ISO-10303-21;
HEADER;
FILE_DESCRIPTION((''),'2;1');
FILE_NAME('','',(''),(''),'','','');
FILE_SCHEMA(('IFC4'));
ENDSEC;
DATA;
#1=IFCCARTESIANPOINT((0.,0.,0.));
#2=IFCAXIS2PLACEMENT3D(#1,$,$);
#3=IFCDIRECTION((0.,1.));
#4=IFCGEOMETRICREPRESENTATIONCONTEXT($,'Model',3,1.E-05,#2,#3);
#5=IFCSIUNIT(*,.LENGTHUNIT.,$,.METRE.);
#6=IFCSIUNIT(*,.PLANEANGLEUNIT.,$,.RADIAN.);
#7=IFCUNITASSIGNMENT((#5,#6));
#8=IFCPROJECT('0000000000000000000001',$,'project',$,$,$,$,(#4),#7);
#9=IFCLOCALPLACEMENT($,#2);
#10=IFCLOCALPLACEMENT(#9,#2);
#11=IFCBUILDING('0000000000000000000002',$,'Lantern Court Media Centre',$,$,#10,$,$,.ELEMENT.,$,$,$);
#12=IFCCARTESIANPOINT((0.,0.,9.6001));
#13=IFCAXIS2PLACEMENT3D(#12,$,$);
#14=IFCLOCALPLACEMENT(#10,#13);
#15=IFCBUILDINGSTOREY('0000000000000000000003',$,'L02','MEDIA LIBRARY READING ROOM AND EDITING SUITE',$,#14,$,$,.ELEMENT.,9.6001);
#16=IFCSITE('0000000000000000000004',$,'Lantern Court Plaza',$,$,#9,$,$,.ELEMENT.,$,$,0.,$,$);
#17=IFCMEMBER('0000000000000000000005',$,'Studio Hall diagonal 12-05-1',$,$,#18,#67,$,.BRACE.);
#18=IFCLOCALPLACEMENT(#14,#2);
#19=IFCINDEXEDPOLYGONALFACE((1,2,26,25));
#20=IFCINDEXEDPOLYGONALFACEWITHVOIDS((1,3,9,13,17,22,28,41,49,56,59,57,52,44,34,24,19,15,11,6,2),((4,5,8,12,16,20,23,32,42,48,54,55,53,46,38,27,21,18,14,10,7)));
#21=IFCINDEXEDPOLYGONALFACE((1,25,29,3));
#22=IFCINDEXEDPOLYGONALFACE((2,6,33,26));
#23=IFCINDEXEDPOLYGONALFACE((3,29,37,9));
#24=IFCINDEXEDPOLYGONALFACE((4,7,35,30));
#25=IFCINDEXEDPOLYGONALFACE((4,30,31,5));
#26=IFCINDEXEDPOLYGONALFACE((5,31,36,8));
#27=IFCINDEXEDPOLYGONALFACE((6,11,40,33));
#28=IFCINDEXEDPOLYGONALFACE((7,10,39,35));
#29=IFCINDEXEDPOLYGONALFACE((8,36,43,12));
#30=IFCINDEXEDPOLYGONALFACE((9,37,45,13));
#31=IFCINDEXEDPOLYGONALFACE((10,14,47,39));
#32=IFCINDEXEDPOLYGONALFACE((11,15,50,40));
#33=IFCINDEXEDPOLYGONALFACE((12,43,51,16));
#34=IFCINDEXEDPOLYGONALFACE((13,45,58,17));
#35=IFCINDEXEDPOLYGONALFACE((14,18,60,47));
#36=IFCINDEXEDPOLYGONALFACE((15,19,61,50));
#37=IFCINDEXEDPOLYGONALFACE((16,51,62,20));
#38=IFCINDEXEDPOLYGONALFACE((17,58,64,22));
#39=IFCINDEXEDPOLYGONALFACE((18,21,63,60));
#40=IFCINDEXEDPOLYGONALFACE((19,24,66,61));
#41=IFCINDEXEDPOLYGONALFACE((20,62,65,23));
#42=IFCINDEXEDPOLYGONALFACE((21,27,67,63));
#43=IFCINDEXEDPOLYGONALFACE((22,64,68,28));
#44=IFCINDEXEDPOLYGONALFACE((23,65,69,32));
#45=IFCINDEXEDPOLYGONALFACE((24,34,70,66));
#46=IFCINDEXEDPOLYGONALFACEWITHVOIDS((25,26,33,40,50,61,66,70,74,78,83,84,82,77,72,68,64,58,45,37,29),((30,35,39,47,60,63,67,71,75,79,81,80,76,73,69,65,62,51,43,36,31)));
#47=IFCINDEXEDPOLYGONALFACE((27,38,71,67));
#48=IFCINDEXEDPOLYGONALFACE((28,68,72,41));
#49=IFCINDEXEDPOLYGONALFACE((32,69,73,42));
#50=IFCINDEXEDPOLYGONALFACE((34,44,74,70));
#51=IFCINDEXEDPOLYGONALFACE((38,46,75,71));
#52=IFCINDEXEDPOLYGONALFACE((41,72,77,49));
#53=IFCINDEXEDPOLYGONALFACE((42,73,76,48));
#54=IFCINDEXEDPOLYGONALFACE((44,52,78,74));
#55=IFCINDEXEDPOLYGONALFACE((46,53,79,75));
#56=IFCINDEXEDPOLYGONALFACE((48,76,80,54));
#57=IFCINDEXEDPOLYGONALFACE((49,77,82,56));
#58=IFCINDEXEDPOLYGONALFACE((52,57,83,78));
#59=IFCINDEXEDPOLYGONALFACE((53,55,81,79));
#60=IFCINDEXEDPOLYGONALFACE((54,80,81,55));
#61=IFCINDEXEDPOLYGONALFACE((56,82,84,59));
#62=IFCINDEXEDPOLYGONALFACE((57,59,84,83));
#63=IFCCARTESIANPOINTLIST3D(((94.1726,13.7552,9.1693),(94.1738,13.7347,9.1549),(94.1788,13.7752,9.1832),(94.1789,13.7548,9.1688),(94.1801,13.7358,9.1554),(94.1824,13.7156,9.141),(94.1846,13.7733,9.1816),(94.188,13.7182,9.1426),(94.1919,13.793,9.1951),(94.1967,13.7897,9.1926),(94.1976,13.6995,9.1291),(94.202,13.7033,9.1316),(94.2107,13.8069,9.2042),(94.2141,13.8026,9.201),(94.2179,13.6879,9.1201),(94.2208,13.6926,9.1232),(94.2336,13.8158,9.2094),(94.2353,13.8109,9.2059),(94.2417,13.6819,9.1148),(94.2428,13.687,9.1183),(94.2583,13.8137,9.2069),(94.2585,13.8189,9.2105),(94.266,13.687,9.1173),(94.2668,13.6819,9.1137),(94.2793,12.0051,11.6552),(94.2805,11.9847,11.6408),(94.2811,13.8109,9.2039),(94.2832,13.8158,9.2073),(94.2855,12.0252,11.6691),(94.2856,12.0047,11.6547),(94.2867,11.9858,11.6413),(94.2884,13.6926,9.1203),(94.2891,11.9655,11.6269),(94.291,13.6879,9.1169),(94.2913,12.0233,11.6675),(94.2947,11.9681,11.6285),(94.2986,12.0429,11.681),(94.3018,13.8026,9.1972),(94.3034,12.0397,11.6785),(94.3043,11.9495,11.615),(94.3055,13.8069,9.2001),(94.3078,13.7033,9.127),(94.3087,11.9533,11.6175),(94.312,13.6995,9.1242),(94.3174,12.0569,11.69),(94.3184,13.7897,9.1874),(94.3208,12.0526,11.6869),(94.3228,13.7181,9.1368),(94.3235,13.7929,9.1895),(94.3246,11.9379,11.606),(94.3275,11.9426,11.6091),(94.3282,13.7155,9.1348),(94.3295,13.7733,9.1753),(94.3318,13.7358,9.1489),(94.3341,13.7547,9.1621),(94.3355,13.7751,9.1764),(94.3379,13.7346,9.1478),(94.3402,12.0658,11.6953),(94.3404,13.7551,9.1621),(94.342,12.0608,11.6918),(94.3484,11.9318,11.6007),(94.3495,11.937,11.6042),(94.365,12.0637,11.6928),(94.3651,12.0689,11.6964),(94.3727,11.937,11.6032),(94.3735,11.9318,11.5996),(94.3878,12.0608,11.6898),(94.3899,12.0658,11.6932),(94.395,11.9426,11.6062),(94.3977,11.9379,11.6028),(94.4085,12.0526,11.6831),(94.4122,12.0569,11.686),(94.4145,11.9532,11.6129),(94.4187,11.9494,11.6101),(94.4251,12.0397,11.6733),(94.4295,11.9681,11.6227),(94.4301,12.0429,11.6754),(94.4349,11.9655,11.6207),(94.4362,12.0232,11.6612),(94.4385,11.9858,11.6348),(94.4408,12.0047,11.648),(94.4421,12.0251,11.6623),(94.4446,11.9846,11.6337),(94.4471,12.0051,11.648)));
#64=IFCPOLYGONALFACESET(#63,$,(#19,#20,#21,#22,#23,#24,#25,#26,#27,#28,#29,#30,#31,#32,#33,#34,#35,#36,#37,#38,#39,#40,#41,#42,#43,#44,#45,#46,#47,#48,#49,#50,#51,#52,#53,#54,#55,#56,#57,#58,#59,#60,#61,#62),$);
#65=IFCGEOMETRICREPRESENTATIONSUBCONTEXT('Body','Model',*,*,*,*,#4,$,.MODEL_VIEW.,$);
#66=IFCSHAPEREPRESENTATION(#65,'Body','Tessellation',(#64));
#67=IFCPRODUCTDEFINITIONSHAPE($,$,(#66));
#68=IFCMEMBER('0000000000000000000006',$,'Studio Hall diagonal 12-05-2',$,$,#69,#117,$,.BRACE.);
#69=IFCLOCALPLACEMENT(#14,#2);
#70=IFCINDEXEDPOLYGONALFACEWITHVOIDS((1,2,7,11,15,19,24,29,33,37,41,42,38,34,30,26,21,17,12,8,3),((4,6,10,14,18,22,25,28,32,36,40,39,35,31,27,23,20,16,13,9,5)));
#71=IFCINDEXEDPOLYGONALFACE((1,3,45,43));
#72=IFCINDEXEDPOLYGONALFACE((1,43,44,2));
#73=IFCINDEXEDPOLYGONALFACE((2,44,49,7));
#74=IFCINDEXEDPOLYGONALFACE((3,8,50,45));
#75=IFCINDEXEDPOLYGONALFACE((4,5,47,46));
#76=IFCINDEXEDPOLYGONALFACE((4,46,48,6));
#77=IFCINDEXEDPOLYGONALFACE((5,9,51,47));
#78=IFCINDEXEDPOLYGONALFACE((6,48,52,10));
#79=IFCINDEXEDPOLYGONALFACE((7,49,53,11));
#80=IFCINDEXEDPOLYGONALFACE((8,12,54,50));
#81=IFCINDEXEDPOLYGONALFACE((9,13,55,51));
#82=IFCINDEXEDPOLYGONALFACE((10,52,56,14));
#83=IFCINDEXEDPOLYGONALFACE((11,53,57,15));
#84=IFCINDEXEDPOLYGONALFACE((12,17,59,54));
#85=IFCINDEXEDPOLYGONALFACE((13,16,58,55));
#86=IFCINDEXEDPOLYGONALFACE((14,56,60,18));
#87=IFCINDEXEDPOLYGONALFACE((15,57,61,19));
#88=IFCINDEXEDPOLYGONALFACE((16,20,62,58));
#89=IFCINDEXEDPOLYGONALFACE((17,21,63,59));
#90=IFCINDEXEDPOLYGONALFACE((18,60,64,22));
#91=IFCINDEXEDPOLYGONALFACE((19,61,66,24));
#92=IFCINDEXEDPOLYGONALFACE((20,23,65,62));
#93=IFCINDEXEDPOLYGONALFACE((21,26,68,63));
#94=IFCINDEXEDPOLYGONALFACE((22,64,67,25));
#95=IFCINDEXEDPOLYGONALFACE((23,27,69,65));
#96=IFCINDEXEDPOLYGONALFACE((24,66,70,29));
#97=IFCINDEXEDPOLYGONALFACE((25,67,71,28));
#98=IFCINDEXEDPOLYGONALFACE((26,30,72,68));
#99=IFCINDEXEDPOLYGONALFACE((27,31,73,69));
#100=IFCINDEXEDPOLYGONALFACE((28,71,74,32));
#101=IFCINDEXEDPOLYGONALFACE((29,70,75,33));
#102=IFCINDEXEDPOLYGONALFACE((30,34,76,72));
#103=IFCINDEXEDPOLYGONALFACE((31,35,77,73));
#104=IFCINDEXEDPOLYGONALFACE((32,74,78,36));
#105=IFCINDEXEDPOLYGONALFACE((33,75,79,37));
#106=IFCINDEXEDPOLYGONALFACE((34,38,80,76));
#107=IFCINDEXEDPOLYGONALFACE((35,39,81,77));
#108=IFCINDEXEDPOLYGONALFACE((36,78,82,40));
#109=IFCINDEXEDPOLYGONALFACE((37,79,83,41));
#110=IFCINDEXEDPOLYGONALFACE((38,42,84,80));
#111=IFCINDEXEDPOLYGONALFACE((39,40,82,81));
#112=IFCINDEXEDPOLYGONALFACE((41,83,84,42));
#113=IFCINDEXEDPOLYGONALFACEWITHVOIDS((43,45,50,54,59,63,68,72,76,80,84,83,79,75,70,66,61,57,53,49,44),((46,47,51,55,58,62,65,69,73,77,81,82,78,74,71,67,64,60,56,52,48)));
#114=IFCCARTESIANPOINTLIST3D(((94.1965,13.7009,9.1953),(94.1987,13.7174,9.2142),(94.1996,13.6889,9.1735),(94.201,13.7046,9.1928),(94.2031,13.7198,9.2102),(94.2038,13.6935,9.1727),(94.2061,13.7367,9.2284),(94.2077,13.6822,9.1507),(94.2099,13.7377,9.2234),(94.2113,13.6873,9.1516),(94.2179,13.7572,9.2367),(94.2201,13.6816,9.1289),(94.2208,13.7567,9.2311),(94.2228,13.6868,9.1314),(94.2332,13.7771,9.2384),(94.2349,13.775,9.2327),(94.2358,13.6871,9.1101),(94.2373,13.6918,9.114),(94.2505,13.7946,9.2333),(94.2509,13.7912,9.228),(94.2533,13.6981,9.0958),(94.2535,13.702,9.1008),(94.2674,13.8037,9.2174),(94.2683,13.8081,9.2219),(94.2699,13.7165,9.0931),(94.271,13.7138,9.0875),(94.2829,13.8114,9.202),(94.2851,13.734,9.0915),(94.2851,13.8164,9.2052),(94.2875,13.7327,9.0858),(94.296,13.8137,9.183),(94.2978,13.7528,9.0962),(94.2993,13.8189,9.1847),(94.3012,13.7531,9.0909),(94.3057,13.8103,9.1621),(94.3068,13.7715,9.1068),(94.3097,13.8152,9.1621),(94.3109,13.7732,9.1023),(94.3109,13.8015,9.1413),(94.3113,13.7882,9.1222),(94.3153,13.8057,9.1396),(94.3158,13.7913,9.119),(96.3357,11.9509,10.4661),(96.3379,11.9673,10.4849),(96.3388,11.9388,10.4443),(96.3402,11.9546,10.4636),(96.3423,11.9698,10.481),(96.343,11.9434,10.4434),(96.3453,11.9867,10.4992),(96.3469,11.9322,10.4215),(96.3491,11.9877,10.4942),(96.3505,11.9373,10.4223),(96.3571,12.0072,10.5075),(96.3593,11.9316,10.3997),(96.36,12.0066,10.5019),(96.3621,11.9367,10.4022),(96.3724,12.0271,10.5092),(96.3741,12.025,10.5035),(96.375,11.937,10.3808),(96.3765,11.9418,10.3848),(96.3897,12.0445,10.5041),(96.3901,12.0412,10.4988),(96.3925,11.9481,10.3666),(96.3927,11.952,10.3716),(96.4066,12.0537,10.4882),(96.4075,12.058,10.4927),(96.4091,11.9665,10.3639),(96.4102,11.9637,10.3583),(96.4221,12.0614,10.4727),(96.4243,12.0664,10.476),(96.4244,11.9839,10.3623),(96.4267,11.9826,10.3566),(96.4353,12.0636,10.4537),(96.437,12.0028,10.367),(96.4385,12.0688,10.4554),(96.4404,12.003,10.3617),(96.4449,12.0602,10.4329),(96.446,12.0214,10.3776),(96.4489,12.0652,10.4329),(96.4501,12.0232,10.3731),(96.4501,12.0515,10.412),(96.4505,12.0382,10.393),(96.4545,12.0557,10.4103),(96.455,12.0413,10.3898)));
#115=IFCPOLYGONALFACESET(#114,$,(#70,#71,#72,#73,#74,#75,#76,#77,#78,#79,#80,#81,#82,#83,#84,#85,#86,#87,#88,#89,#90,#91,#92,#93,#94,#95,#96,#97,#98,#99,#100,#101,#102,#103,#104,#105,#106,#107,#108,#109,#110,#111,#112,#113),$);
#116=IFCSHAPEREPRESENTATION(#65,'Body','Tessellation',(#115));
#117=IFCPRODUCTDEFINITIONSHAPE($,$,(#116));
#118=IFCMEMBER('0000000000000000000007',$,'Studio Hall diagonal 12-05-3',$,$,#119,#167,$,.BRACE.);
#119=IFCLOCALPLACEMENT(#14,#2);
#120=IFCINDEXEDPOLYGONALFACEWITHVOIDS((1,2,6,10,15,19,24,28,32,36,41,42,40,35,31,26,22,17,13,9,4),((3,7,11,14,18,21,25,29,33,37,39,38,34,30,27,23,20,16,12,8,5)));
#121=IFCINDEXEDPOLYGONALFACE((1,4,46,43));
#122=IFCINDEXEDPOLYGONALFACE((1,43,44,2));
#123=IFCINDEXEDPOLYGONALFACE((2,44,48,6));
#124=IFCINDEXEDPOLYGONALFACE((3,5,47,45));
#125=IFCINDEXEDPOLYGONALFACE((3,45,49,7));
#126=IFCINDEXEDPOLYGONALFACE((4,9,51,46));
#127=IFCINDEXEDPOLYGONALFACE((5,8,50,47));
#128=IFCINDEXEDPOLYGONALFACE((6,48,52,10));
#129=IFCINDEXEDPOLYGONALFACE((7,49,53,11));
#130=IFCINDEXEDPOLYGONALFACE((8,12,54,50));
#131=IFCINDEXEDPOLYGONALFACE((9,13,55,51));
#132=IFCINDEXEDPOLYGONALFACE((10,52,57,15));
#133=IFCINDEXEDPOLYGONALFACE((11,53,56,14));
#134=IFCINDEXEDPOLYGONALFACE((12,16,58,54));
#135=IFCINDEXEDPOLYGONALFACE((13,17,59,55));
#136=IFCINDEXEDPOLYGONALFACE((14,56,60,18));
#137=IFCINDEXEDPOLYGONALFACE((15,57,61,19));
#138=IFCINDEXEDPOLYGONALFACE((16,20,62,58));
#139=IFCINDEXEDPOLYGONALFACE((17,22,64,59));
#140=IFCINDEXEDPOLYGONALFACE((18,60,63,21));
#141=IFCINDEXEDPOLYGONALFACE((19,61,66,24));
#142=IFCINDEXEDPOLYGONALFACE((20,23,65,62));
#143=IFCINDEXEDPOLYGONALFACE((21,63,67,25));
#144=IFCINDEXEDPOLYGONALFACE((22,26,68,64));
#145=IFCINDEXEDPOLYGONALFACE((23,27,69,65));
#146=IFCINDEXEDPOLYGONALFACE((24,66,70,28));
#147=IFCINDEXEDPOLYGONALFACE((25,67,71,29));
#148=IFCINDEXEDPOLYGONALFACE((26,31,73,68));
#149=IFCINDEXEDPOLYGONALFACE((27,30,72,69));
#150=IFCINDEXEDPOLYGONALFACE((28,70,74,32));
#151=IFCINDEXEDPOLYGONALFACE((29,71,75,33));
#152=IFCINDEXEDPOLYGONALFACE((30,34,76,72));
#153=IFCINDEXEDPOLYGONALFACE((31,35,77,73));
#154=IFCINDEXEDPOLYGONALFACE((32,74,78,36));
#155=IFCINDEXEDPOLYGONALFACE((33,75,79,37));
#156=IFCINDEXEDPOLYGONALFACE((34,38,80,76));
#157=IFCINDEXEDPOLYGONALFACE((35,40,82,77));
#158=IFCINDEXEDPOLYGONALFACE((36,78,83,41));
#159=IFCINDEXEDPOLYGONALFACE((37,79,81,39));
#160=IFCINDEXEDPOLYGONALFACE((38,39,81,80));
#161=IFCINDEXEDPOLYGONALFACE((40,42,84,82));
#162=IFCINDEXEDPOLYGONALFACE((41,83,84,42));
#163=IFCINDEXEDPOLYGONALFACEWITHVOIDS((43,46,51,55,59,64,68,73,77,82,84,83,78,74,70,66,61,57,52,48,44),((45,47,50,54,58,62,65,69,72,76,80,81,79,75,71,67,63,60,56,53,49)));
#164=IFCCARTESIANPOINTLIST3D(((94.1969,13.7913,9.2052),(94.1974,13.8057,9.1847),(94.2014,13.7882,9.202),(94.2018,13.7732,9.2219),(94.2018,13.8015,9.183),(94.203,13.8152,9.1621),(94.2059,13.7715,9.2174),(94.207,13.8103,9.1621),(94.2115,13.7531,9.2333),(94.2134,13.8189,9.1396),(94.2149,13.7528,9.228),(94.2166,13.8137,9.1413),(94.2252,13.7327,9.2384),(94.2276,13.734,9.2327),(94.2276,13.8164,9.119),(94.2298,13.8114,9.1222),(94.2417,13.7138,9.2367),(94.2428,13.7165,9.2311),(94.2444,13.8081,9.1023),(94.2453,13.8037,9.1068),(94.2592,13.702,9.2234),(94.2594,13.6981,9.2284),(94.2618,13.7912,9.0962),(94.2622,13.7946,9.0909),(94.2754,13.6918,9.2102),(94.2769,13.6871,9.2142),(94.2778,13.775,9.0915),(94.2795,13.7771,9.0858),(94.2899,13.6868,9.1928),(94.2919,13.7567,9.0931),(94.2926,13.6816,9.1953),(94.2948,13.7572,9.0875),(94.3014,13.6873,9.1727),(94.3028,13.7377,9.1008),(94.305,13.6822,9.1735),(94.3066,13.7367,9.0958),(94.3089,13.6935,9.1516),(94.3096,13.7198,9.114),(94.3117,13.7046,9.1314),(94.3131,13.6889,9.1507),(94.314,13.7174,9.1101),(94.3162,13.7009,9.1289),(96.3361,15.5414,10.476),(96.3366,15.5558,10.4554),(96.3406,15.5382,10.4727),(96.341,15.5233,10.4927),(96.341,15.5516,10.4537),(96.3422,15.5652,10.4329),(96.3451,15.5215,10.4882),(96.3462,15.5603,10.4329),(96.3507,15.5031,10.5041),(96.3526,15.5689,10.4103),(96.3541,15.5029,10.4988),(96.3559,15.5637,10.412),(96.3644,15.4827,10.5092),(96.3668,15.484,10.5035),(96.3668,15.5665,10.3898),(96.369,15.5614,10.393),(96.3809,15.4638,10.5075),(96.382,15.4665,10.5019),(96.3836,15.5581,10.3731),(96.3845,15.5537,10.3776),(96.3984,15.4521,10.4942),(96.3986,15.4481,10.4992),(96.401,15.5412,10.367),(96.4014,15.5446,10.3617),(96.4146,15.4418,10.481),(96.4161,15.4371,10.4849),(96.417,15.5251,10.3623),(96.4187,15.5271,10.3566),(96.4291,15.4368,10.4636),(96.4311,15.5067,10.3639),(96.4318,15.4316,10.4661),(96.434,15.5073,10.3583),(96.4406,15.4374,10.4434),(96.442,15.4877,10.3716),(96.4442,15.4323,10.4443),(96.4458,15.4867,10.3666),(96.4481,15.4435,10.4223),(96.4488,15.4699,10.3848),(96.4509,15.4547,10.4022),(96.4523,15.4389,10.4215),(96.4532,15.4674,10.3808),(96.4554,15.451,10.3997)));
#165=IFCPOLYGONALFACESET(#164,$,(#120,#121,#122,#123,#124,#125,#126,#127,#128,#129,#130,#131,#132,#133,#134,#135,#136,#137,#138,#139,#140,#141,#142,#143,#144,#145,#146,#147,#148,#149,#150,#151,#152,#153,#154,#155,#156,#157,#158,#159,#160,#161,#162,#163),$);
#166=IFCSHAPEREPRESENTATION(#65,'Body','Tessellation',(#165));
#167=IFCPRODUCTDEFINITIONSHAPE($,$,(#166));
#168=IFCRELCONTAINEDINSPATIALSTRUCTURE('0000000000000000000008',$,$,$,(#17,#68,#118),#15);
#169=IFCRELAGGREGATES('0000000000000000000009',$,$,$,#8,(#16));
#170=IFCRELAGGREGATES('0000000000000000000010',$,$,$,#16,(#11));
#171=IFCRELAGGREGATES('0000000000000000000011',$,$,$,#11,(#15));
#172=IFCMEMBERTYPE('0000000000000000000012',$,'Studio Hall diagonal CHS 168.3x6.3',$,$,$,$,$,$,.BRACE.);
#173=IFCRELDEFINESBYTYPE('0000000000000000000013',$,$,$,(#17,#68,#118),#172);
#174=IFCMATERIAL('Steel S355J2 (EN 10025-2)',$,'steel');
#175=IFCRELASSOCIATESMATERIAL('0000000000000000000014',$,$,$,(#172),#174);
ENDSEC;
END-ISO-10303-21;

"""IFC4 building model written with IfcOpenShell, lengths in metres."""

from ifc_helpers import new_model, si_unit, direction, frame, origin, origin_2d, place, context, subcontext, project, spatial, hollow_circle, extrude, material, material_profile, profile_set, type_object, element, save


model = new_model("IFC4")

# Units and contexts
model_context = context("Model", 3, precision=1e-05, world=origin(), true_north=direction((0.0, 1.0)))
body_context = subcontext(model_context, "Body", "Model", "MODEL_VIEW")
ifc_project = project(units=[si_unit("LENGTHUNIT", "METRE"), si_unit("PLANEANGLEUNIT", "RADIAN")], contexts=[model_context])

# Site, building, storey
site_placement = place(None, origin())
site = spatial("IfcSite", under=ifc_project, at=site_placement, Name="Lantern Court Plaza", CompositionType="ELEMENT", RefElevation=0.0)
building_placement = place(site_placement, origin())
building = spatial("IfcBuilding", under=site, at=building_placement, Name="Lantern Court Media Centre", CompositionType="ELEMENT")
storey_placement = place(building_placement, frame((0.0, 0.0, 9.6001)))
storey = spatial("IfcBuildingStorey", under=building, at=storey_placement, Name="L02", Description="MEDIA LIBRARY READING ROOM AND EDITING SUITE", CompositionType="ELEMENT", Elevation=9.6001)

# Members
ifc_material_1 = material(Name="Steel S355J2 (EN 10025-2)", Category="steel")
ifc_material_profile_1 = material_profile(ifc_material_1, hollow_circle(Radius=0.0842, WallThickness=0.0063, at=origin_2d()), Name="Studio Hall diagonal CHS 168.3x6.3")
ifc_profile_set_1 = profile_set([ifc_material_profile_1], Name="Steel S355J2 (EN 10025-2)")
member_type_1 = type_object("IfcMemberType", Name="Studio Hall diagonal CHS 168.3x6.3", PredefinedType="BRACE", material=ifc_profile_set_1)
for number, where, z_axis, x_axis, name in (
    (1, (94.2563, 13.75, 9.1621), (0.035073, -0.575294, 0.817194), (0.998147, 0.060852, 0.0), "Studio Hall diagonal 12-05-1"),
    (2, (94.2563, 13.75, 9.1621), (0.703225, -0.575293, 0.417746), (0.63319, 0.773997, 0.0), "Studio Hall diagonal 12-05-2"),
    (3, (94.2563, 13.75, 9.1621), (0.703225, 0.575293, 0.417746), (-0.63319, 0.773997, 0.0), "Studio Hall diagonal 12-05-3"),
):
    element("IfcMember", number, at=place(storey_placement, frame(where, z_axis=z_axis, x_axis=x_axis)), inside=storey, type_object=member_type_1, Name=name, PredefinedType="BRACE", context=body_context, shape_type="SweptSolid", body=[
        extrude(hollow_circle(Radius=0.0842, WallThickness=0.0063, at=origin_2d()), origin(), (0.0, 0.0, 1.0), 3.042),
    ])

save(model, "model.ifc")
